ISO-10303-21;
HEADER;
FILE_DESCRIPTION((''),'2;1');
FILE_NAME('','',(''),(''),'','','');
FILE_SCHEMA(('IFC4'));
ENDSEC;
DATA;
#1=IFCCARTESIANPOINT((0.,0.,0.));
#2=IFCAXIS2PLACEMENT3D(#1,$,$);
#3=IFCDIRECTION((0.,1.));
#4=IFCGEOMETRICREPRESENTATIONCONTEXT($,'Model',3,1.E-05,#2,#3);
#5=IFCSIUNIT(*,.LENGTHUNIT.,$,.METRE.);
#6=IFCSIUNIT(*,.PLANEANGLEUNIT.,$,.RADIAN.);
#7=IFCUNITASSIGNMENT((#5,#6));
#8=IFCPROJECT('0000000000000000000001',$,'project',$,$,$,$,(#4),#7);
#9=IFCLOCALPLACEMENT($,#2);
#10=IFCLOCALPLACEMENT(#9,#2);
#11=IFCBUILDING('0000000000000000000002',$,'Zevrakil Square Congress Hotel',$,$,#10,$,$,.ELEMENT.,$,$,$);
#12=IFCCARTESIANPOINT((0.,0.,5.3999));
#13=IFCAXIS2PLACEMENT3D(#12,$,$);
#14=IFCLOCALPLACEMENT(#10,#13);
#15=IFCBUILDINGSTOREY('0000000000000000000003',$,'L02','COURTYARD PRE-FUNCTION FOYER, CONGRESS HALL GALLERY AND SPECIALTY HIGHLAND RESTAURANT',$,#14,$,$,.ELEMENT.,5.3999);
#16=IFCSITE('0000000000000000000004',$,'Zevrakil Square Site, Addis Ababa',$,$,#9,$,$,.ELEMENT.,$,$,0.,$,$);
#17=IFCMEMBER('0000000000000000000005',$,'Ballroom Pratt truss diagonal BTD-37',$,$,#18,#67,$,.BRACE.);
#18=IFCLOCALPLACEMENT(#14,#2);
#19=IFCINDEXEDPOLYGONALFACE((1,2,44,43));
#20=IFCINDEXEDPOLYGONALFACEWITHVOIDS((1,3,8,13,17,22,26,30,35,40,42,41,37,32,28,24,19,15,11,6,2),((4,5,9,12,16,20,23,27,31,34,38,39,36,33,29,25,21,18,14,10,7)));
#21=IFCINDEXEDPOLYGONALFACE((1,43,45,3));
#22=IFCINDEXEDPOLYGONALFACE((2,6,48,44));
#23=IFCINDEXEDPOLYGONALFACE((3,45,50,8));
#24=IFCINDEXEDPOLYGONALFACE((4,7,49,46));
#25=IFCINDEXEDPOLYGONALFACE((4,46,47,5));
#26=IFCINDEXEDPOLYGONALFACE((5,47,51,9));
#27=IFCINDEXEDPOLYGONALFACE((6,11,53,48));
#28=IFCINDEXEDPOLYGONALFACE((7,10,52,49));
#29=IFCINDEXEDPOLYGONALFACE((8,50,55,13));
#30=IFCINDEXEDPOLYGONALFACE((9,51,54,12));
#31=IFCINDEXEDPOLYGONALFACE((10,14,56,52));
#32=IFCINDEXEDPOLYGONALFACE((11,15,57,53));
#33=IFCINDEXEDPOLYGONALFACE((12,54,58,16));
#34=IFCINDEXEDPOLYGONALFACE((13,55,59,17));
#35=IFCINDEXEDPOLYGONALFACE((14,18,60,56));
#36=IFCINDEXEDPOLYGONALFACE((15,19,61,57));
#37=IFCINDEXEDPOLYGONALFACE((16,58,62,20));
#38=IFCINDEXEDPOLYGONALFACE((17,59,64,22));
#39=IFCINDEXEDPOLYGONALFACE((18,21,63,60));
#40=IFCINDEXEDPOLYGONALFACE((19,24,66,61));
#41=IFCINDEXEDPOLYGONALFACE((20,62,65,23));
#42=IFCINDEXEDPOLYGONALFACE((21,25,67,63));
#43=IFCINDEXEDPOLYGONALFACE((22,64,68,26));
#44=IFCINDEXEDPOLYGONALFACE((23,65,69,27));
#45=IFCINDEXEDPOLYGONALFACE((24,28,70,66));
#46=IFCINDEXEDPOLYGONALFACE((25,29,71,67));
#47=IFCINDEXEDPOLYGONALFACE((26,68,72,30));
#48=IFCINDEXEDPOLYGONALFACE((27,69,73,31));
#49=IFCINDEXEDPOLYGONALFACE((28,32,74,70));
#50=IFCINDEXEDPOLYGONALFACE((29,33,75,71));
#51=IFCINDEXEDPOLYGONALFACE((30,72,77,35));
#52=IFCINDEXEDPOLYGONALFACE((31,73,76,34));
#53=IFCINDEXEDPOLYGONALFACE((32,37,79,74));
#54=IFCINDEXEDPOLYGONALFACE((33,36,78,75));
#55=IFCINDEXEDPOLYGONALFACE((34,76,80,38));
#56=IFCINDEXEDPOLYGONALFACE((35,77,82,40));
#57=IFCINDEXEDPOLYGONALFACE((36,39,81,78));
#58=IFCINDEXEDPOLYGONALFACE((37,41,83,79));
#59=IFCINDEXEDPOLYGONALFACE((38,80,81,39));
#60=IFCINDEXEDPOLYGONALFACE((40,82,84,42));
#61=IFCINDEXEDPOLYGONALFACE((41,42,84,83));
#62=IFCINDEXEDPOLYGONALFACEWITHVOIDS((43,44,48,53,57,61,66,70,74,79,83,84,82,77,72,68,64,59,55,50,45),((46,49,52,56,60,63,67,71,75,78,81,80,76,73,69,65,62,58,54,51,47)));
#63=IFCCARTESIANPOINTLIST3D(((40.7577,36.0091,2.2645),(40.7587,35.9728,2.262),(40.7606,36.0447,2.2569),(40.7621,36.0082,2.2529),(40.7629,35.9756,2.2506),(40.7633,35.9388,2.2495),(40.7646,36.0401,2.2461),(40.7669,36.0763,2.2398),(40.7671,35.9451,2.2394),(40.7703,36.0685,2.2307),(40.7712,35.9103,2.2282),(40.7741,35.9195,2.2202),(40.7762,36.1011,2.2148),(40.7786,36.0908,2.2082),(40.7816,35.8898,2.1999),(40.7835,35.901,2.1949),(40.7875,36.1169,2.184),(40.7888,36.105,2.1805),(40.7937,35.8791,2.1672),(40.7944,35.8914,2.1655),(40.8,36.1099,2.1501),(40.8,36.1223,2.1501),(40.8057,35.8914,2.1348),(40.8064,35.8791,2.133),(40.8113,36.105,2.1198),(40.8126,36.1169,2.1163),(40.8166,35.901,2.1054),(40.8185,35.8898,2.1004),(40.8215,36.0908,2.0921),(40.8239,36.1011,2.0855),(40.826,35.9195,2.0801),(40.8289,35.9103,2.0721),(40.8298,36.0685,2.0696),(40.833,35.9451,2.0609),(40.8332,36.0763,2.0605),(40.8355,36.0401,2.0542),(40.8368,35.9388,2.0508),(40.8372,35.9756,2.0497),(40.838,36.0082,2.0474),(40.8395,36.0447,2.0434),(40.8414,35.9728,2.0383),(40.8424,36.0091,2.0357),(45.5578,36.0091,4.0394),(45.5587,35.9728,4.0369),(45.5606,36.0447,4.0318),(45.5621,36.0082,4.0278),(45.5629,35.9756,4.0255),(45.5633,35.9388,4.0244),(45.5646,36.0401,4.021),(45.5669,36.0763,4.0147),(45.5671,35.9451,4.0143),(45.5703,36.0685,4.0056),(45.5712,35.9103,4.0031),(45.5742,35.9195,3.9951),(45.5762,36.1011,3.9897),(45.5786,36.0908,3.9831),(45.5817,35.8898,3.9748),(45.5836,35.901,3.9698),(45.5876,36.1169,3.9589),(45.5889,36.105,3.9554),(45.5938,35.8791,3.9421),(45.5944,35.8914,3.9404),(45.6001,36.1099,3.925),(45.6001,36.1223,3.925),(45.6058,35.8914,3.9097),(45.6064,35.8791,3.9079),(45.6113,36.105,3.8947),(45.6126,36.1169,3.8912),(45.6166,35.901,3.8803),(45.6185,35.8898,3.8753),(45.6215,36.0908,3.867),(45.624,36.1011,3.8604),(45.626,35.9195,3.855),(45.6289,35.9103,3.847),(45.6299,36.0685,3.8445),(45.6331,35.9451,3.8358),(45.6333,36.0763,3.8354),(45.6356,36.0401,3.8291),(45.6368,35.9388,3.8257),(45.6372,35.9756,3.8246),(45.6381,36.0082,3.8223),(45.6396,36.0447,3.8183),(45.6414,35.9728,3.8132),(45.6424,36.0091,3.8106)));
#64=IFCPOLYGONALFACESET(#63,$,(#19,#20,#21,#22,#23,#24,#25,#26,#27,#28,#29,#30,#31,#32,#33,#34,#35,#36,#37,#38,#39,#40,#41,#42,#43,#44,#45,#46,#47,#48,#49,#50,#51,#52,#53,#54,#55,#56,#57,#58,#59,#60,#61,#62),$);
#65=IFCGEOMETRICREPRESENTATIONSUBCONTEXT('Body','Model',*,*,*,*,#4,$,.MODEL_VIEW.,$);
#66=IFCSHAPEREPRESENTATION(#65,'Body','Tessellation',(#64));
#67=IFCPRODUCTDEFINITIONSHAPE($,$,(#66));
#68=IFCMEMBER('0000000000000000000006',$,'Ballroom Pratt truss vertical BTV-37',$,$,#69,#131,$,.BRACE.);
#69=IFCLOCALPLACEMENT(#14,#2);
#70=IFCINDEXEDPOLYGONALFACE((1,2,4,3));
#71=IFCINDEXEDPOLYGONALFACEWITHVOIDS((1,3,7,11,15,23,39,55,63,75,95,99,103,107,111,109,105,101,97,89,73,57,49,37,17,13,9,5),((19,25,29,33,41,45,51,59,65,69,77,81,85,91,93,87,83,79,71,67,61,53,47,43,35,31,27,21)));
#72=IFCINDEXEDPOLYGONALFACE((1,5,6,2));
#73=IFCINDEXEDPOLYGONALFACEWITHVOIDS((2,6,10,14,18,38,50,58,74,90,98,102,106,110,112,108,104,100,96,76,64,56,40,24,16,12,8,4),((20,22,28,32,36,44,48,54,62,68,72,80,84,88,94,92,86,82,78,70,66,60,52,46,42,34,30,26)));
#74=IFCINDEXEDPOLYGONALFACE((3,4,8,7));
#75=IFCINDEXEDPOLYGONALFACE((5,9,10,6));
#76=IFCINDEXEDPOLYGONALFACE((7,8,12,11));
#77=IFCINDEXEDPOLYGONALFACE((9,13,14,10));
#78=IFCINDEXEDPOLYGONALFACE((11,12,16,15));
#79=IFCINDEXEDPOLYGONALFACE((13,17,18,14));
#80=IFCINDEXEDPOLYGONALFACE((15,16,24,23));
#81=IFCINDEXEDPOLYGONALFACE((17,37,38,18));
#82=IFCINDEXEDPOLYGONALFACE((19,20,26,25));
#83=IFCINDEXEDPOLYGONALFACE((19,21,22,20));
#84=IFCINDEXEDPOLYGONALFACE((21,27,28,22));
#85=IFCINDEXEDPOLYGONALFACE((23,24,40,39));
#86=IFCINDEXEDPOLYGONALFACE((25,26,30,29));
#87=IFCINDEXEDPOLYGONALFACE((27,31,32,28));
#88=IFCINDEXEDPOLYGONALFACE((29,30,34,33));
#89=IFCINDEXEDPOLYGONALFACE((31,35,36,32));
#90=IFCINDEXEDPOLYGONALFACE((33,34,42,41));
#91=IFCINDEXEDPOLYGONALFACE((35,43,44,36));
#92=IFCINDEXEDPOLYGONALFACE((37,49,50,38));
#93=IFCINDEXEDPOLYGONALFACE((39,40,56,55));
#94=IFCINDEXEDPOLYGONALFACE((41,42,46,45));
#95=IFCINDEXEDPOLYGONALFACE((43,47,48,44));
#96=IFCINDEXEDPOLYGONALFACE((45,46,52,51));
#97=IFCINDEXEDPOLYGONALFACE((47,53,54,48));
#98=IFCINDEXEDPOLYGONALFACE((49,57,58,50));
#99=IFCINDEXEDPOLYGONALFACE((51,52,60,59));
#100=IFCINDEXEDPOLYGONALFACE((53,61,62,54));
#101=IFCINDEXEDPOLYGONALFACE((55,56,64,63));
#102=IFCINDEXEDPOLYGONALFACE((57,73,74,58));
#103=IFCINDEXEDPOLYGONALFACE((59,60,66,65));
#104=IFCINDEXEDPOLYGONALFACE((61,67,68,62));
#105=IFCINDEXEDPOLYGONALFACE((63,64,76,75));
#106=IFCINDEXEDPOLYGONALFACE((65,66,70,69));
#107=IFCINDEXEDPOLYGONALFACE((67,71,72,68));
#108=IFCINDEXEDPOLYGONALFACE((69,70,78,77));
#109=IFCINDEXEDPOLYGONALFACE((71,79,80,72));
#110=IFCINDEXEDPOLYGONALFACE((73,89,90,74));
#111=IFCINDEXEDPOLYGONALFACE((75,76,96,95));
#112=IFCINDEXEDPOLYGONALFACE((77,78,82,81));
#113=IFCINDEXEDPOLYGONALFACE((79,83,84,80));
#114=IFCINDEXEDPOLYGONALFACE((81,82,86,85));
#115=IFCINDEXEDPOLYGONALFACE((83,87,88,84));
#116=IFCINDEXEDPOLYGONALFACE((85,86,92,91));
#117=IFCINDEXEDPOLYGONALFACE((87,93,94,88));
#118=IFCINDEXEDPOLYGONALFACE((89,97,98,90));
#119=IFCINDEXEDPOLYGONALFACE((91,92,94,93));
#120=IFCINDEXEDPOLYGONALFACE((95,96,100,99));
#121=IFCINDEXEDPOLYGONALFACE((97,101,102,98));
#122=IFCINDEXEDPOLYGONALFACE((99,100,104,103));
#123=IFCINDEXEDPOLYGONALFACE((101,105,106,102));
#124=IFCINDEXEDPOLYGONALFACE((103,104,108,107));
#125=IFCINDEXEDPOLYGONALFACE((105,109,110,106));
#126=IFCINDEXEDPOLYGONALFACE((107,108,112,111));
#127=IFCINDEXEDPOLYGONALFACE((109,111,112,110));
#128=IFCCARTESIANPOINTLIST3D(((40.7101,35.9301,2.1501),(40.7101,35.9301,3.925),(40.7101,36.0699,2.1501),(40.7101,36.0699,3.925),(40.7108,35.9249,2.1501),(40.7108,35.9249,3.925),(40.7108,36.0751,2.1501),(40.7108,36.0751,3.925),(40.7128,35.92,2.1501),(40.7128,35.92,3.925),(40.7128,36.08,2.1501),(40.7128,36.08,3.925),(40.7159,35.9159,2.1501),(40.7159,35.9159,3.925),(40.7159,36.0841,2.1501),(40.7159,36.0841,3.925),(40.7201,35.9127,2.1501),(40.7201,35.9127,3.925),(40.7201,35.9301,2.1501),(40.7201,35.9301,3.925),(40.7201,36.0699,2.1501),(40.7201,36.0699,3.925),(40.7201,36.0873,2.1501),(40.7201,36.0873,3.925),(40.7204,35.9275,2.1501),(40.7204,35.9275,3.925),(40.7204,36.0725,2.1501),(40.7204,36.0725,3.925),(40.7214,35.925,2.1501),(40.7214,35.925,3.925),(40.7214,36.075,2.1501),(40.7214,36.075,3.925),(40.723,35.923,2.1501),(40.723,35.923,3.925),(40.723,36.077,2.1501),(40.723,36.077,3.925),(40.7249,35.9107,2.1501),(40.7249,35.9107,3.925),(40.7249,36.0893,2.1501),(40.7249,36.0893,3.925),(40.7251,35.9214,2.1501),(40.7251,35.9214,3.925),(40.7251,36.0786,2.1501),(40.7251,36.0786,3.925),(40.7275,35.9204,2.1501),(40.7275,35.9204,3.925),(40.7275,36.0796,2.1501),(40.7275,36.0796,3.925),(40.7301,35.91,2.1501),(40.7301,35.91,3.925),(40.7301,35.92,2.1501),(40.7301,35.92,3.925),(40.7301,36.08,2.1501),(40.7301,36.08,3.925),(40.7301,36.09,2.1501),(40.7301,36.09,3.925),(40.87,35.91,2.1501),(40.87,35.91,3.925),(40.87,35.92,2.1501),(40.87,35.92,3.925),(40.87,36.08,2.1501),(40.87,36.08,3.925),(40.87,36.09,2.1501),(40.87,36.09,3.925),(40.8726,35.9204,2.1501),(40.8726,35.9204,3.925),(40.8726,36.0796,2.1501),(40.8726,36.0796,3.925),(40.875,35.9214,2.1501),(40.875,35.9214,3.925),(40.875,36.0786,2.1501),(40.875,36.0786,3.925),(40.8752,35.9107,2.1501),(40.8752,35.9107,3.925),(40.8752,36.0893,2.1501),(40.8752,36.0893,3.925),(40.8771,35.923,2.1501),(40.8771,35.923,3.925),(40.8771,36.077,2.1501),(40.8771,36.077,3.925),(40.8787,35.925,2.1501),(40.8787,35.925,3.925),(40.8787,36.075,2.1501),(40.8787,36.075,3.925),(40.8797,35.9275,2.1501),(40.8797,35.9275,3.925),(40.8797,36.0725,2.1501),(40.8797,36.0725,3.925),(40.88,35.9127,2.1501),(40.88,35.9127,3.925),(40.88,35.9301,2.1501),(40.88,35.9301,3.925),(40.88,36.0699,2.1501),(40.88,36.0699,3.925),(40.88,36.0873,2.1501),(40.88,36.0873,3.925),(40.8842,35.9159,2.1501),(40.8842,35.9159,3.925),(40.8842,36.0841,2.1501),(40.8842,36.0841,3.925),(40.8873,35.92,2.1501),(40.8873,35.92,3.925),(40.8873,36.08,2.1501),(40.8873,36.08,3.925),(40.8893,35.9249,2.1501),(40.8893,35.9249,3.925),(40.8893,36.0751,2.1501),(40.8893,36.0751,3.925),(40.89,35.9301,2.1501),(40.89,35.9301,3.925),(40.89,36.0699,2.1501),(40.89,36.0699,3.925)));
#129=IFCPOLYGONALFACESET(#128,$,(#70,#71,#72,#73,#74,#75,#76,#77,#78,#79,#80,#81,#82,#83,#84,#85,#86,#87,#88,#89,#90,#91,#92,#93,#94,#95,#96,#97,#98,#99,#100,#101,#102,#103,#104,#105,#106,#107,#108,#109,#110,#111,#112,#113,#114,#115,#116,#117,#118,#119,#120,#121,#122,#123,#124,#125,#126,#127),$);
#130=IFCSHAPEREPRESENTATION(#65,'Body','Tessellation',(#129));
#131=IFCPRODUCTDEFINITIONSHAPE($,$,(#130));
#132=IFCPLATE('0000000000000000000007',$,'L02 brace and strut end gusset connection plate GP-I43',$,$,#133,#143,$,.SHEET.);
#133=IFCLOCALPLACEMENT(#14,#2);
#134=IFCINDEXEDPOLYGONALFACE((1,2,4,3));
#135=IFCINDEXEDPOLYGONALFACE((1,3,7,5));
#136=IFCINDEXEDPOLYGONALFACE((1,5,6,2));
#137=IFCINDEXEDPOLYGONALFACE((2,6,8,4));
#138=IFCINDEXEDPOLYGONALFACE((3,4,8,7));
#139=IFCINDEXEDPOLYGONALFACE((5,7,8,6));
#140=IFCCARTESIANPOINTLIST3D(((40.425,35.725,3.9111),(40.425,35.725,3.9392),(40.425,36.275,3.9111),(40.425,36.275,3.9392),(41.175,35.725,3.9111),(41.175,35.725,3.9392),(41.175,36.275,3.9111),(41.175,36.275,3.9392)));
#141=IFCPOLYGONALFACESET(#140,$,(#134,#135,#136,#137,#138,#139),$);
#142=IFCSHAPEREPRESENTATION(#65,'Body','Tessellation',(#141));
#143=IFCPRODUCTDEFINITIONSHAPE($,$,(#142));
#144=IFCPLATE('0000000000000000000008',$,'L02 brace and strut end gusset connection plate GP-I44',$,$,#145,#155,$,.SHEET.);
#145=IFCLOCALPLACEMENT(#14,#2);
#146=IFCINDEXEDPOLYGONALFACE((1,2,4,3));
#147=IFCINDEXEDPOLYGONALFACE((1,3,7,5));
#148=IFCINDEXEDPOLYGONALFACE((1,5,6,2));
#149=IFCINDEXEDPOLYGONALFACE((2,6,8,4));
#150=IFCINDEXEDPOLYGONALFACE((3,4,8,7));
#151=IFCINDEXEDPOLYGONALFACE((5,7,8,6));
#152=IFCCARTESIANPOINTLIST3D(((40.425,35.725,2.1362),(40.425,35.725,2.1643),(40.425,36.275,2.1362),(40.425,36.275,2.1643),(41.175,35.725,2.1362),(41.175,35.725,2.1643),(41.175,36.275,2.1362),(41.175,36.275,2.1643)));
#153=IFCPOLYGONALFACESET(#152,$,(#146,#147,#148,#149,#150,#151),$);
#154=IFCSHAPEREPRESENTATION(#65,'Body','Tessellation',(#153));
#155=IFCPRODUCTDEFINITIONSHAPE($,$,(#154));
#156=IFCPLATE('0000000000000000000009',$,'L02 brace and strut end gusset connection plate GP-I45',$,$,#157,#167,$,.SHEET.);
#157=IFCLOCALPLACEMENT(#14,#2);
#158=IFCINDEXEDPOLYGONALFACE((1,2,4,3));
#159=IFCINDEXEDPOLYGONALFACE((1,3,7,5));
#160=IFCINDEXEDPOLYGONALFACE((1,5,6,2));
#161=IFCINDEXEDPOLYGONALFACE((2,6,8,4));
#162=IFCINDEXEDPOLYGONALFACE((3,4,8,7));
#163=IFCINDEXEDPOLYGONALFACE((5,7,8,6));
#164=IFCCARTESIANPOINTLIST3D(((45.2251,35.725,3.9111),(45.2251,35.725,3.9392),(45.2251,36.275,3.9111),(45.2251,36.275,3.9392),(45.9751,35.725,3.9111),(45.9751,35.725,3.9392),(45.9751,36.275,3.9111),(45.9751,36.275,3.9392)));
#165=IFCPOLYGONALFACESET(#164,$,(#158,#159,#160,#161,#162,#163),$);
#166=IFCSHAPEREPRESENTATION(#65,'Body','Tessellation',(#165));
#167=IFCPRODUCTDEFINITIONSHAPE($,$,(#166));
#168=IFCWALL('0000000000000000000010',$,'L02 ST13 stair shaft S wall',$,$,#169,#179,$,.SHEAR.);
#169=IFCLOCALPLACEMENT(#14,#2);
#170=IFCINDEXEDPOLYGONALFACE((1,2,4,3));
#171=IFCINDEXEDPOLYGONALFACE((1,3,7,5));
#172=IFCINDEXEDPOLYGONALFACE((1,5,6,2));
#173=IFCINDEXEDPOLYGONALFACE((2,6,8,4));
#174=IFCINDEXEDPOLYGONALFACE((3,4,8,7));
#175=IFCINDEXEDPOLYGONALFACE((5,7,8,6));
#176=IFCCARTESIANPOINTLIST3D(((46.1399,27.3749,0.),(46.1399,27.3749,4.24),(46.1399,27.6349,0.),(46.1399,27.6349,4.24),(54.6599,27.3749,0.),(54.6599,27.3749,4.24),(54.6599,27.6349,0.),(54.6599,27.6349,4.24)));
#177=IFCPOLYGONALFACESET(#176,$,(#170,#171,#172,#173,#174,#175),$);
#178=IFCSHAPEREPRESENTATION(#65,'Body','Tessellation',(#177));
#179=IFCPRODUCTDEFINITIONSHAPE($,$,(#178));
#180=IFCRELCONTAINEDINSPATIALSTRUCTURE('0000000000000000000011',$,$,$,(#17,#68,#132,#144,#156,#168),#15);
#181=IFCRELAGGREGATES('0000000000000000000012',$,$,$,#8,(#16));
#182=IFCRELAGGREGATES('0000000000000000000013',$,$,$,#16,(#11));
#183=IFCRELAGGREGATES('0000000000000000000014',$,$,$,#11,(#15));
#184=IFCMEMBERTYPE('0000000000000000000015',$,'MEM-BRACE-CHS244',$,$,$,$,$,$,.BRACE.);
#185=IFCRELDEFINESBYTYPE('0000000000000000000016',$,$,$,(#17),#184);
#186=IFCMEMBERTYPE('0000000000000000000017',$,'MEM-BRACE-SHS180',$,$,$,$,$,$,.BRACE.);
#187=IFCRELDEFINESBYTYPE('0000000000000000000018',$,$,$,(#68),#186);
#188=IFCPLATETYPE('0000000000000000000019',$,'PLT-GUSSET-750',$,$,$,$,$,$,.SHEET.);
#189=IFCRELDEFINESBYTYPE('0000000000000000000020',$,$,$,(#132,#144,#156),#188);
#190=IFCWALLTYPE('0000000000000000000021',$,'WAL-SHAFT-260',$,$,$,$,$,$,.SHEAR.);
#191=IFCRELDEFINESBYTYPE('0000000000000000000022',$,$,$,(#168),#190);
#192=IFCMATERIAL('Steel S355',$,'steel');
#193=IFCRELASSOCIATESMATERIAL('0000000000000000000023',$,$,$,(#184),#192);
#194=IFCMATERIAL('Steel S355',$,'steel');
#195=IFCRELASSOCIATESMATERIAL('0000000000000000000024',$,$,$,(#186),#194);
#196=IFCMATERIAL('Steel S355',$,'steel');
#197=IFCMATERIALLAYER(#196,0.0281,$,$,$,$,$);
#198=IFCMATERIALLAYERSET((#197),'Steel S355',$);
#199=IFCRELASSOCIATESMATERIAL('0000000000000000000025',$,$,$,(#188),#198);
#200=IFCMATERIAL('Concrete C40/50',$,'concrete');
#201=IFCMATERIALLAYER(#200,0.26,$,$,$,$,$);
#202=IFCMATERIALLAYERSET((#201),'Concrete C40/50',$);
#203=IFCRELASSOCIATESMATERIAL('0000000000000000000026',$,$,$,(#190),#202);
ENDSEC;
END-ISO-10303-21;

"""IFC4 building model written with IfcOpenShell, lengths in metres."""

from ifc_helpers import new_model, si_unit, direction, frame, frame_2d, origin, origin_2d, place, context, subcontext, project, spatial, rectangle, hollow_rectangle, hollow_circle, extrude, material, layer, layer_set, material_profile, profile_set, type_object, element, save


model = new_model("IFC4")

# Units and contexts
model_context = context("Model", 3, precision=1e-05, world=origin(), true_north=direction((0.0, 1.0)))
body_context = subcontext(model_context, "Body", "Model", "MODEL_VIEW")
ifc_project = project(units=[si_unit("LENGTHUNIT", "METRE"), si_unit("PLANEANGLEUNIT", "RADIAN")], contexts=[model_context])

# Site, building, storey
site_placement = place(None, origin())
site = spatial("IfcSite", under=ifc_project, at=site_placement, Name="Zevrakil Square Site, Addis Ababa", CompositionType="ELEMENT", RefElevation=0.0)
building_placement = place(site_placement, origin())
building = spatial("IfcBuilding", under=site, at=building_placement, Name="Zevrakil Square Congress Hotel", CompositionType="ELEMENT")
storey_placement = place(building_placement, frame((0.0, 0.0, 5.3999)))
storey = spatial("IfcBuildingStorey", under=building, at=storey_placement, Name="L02", Description="COURTYARD PRE-FUNCTION FOYER, CONGRESS HALL GALLERY AND SPECIALTY HIGHLAND RESTAURANT", CompositionType="ELEMENT", Elevation=5.3999)

# Members
ifc_material_1 = material(Name="Steel S355", Category="steel")
ifc_material_profile_1 = material_profile(ifc_material_1, hollow_circle(Radius=0.1223, WallThickness=0.0125, at=origin_2d()), Name="CHS 244.5x12.5")
ifc_profile_set_1 = profile_set([ifc_material_profile_1], Name="Steel S355")
member_type_1 = type_object("IfcMemberType", Name="MEM-BRACE-CHS244", PredefinedType="BRACE", material=ifc_profile_set_1)
member_1_placement = place(storey_placement, frame((40.8, 36.0, 2.1501), z_axis=(0.937933, 0.0, 0.346817), x_axis=(0.0, 1.0, 0.0)))
element("IfcMember", 1, at=member_1_placement, inside=storey, type_object=member_type_1, Name="Ballroom Pratt truss diagonal BTD-37", PredefinedType="BRACE", context=body_context, shape_type="SweptSolid", body=[
    extrude(hollow_circle(Radius=0.1223, WallThickness=0.0125, at=origin_2d()), origin(), (0.0, 0.0, 1.0), 5.1177),
])
ifc_material_2 = material(Name="Steel S355", Category="steel")
ifc_material_profile_2 = material_profile(ifc_material_2, hollow_rectangle(XDim=0.1799, YDim=0.1799, WallThickness=0.01, InnerFilletRadius=0.01, OuterFilletRadius=0.02, at=origin_2d()), Name="SHS 180x180x10")
ifc_profile_set_2 = profile_set([ifc_material_profile_2], Name="Steel S355")
member_type_2 = type_object("IfcMemberType", Name="MEM-BRACE-SHS180", PredefinedType="BRACE", material=ifc_profile_set_2)
member_2_placement = place(storey_placement, frame((40.8, 36.0, 2.1501), z_axis=(0.0, 0.0, 1.0), x_axis=(1.0, 0.0, 0.0)))
element("IfcMember", 2, at=member_2_placement, inside=storey, type_object=member_type_2, Name="Ballroom Pratt truss vertical BTV-37", PredefinedType="BRACE", context=body_context, shape_type="SweptSolid", body=[
    extrude(hollow_rectangle(XDim=0.1799, YDim=0.1799, WallThickness=0.01, InnerFilletRadius=0.01, OuterFilletRadius=0.02, at=origin_2d()), origin(), (0.0, 0.0, 1.0), 1.7749),
])

# Plates
ifc_material_3 = material(Name="Steel S355", Category="steel")
ifc_layer_1 = layer(ifc_material_3, 0.0281)
ifc_layer_set_1 = layer_set([ifc_layer_1], Name="Steel S355")
plate_type = type_object("IfcPlateType", Name="PLT-GUSSET-750", PredefinedType="SHEET", material=ifc_layer_set_1)
for number, where, z_axis, x_axis, name in (
    (3, (40.8, 36.0, 3.9111), (0.0, 0.0, 1.0), (1.0, 0.0, 0.0), "L02 brace and strut end gusset connection plate GP-I43"),
    (4, (40.8, 36.0, 2.1362), (0.0, 0.0, 1.0), (1.0, 0.0, 0.0), "L02 brace and strut end gusset connection plate GP-I44"),
    (5, (45.6001, 36.0, 3.9111), (0.0, 0.0, 1.0), (1.0, 0.0, 0.0), "L02 brace and strut end gusset connection plate GP-I45"),
):
    element("IfcPlate", number, at=place(storey_placement, frame(where, z_axis=z_axis, x_axis=x_axis)), inside=storey, type_object=plate_type, Name=name, PredefinedType="SHEET", context=body_context, shape_type="SweptSolid", body=[
        extrude(rectangle(XDim=0.75, YDim=0.55, at=origin_2d()), origin(), (0.0, 0.0, 1.0), 0.0281),
    ])

# Wall
ifc_material_4 = material(Name="Concrete C40/50", Category="concrete")
ifc_layer_2 = layer(ifc_material_4, 0.26)
ifc_layer_set_2 = layer_set([ifc_layer_2], Name="Concrete C40/50")
wall_type = type_object("IfcWallType", Name="WAL-SHAFT-260", PredefinedType="SHEAR", material=ifc_layer_set_2)
wall_1_placement = place(storey_placement, frame((46.1399, 27.5049, 0.0), z_axis=(0.0, 0.0, 1.0), x_axis=(1.0, 0.0, 0.0)))
element("IfcWall", 6, at=wall_1_placement, inside=storey, type_object=wall_type, Name="L02 ST13 stair shaft S wall", PredefinedType="SHEAR", context=body_context, shape_type="SweptSolid", body=[
    extrude(rectangle(XDim=8.52, YDim=0.26, at=frame_2d((4.26, 0.0))), origin(), (0.0, 0.0, 1.0), 4.24),
])

save(model, "model.ifc")
